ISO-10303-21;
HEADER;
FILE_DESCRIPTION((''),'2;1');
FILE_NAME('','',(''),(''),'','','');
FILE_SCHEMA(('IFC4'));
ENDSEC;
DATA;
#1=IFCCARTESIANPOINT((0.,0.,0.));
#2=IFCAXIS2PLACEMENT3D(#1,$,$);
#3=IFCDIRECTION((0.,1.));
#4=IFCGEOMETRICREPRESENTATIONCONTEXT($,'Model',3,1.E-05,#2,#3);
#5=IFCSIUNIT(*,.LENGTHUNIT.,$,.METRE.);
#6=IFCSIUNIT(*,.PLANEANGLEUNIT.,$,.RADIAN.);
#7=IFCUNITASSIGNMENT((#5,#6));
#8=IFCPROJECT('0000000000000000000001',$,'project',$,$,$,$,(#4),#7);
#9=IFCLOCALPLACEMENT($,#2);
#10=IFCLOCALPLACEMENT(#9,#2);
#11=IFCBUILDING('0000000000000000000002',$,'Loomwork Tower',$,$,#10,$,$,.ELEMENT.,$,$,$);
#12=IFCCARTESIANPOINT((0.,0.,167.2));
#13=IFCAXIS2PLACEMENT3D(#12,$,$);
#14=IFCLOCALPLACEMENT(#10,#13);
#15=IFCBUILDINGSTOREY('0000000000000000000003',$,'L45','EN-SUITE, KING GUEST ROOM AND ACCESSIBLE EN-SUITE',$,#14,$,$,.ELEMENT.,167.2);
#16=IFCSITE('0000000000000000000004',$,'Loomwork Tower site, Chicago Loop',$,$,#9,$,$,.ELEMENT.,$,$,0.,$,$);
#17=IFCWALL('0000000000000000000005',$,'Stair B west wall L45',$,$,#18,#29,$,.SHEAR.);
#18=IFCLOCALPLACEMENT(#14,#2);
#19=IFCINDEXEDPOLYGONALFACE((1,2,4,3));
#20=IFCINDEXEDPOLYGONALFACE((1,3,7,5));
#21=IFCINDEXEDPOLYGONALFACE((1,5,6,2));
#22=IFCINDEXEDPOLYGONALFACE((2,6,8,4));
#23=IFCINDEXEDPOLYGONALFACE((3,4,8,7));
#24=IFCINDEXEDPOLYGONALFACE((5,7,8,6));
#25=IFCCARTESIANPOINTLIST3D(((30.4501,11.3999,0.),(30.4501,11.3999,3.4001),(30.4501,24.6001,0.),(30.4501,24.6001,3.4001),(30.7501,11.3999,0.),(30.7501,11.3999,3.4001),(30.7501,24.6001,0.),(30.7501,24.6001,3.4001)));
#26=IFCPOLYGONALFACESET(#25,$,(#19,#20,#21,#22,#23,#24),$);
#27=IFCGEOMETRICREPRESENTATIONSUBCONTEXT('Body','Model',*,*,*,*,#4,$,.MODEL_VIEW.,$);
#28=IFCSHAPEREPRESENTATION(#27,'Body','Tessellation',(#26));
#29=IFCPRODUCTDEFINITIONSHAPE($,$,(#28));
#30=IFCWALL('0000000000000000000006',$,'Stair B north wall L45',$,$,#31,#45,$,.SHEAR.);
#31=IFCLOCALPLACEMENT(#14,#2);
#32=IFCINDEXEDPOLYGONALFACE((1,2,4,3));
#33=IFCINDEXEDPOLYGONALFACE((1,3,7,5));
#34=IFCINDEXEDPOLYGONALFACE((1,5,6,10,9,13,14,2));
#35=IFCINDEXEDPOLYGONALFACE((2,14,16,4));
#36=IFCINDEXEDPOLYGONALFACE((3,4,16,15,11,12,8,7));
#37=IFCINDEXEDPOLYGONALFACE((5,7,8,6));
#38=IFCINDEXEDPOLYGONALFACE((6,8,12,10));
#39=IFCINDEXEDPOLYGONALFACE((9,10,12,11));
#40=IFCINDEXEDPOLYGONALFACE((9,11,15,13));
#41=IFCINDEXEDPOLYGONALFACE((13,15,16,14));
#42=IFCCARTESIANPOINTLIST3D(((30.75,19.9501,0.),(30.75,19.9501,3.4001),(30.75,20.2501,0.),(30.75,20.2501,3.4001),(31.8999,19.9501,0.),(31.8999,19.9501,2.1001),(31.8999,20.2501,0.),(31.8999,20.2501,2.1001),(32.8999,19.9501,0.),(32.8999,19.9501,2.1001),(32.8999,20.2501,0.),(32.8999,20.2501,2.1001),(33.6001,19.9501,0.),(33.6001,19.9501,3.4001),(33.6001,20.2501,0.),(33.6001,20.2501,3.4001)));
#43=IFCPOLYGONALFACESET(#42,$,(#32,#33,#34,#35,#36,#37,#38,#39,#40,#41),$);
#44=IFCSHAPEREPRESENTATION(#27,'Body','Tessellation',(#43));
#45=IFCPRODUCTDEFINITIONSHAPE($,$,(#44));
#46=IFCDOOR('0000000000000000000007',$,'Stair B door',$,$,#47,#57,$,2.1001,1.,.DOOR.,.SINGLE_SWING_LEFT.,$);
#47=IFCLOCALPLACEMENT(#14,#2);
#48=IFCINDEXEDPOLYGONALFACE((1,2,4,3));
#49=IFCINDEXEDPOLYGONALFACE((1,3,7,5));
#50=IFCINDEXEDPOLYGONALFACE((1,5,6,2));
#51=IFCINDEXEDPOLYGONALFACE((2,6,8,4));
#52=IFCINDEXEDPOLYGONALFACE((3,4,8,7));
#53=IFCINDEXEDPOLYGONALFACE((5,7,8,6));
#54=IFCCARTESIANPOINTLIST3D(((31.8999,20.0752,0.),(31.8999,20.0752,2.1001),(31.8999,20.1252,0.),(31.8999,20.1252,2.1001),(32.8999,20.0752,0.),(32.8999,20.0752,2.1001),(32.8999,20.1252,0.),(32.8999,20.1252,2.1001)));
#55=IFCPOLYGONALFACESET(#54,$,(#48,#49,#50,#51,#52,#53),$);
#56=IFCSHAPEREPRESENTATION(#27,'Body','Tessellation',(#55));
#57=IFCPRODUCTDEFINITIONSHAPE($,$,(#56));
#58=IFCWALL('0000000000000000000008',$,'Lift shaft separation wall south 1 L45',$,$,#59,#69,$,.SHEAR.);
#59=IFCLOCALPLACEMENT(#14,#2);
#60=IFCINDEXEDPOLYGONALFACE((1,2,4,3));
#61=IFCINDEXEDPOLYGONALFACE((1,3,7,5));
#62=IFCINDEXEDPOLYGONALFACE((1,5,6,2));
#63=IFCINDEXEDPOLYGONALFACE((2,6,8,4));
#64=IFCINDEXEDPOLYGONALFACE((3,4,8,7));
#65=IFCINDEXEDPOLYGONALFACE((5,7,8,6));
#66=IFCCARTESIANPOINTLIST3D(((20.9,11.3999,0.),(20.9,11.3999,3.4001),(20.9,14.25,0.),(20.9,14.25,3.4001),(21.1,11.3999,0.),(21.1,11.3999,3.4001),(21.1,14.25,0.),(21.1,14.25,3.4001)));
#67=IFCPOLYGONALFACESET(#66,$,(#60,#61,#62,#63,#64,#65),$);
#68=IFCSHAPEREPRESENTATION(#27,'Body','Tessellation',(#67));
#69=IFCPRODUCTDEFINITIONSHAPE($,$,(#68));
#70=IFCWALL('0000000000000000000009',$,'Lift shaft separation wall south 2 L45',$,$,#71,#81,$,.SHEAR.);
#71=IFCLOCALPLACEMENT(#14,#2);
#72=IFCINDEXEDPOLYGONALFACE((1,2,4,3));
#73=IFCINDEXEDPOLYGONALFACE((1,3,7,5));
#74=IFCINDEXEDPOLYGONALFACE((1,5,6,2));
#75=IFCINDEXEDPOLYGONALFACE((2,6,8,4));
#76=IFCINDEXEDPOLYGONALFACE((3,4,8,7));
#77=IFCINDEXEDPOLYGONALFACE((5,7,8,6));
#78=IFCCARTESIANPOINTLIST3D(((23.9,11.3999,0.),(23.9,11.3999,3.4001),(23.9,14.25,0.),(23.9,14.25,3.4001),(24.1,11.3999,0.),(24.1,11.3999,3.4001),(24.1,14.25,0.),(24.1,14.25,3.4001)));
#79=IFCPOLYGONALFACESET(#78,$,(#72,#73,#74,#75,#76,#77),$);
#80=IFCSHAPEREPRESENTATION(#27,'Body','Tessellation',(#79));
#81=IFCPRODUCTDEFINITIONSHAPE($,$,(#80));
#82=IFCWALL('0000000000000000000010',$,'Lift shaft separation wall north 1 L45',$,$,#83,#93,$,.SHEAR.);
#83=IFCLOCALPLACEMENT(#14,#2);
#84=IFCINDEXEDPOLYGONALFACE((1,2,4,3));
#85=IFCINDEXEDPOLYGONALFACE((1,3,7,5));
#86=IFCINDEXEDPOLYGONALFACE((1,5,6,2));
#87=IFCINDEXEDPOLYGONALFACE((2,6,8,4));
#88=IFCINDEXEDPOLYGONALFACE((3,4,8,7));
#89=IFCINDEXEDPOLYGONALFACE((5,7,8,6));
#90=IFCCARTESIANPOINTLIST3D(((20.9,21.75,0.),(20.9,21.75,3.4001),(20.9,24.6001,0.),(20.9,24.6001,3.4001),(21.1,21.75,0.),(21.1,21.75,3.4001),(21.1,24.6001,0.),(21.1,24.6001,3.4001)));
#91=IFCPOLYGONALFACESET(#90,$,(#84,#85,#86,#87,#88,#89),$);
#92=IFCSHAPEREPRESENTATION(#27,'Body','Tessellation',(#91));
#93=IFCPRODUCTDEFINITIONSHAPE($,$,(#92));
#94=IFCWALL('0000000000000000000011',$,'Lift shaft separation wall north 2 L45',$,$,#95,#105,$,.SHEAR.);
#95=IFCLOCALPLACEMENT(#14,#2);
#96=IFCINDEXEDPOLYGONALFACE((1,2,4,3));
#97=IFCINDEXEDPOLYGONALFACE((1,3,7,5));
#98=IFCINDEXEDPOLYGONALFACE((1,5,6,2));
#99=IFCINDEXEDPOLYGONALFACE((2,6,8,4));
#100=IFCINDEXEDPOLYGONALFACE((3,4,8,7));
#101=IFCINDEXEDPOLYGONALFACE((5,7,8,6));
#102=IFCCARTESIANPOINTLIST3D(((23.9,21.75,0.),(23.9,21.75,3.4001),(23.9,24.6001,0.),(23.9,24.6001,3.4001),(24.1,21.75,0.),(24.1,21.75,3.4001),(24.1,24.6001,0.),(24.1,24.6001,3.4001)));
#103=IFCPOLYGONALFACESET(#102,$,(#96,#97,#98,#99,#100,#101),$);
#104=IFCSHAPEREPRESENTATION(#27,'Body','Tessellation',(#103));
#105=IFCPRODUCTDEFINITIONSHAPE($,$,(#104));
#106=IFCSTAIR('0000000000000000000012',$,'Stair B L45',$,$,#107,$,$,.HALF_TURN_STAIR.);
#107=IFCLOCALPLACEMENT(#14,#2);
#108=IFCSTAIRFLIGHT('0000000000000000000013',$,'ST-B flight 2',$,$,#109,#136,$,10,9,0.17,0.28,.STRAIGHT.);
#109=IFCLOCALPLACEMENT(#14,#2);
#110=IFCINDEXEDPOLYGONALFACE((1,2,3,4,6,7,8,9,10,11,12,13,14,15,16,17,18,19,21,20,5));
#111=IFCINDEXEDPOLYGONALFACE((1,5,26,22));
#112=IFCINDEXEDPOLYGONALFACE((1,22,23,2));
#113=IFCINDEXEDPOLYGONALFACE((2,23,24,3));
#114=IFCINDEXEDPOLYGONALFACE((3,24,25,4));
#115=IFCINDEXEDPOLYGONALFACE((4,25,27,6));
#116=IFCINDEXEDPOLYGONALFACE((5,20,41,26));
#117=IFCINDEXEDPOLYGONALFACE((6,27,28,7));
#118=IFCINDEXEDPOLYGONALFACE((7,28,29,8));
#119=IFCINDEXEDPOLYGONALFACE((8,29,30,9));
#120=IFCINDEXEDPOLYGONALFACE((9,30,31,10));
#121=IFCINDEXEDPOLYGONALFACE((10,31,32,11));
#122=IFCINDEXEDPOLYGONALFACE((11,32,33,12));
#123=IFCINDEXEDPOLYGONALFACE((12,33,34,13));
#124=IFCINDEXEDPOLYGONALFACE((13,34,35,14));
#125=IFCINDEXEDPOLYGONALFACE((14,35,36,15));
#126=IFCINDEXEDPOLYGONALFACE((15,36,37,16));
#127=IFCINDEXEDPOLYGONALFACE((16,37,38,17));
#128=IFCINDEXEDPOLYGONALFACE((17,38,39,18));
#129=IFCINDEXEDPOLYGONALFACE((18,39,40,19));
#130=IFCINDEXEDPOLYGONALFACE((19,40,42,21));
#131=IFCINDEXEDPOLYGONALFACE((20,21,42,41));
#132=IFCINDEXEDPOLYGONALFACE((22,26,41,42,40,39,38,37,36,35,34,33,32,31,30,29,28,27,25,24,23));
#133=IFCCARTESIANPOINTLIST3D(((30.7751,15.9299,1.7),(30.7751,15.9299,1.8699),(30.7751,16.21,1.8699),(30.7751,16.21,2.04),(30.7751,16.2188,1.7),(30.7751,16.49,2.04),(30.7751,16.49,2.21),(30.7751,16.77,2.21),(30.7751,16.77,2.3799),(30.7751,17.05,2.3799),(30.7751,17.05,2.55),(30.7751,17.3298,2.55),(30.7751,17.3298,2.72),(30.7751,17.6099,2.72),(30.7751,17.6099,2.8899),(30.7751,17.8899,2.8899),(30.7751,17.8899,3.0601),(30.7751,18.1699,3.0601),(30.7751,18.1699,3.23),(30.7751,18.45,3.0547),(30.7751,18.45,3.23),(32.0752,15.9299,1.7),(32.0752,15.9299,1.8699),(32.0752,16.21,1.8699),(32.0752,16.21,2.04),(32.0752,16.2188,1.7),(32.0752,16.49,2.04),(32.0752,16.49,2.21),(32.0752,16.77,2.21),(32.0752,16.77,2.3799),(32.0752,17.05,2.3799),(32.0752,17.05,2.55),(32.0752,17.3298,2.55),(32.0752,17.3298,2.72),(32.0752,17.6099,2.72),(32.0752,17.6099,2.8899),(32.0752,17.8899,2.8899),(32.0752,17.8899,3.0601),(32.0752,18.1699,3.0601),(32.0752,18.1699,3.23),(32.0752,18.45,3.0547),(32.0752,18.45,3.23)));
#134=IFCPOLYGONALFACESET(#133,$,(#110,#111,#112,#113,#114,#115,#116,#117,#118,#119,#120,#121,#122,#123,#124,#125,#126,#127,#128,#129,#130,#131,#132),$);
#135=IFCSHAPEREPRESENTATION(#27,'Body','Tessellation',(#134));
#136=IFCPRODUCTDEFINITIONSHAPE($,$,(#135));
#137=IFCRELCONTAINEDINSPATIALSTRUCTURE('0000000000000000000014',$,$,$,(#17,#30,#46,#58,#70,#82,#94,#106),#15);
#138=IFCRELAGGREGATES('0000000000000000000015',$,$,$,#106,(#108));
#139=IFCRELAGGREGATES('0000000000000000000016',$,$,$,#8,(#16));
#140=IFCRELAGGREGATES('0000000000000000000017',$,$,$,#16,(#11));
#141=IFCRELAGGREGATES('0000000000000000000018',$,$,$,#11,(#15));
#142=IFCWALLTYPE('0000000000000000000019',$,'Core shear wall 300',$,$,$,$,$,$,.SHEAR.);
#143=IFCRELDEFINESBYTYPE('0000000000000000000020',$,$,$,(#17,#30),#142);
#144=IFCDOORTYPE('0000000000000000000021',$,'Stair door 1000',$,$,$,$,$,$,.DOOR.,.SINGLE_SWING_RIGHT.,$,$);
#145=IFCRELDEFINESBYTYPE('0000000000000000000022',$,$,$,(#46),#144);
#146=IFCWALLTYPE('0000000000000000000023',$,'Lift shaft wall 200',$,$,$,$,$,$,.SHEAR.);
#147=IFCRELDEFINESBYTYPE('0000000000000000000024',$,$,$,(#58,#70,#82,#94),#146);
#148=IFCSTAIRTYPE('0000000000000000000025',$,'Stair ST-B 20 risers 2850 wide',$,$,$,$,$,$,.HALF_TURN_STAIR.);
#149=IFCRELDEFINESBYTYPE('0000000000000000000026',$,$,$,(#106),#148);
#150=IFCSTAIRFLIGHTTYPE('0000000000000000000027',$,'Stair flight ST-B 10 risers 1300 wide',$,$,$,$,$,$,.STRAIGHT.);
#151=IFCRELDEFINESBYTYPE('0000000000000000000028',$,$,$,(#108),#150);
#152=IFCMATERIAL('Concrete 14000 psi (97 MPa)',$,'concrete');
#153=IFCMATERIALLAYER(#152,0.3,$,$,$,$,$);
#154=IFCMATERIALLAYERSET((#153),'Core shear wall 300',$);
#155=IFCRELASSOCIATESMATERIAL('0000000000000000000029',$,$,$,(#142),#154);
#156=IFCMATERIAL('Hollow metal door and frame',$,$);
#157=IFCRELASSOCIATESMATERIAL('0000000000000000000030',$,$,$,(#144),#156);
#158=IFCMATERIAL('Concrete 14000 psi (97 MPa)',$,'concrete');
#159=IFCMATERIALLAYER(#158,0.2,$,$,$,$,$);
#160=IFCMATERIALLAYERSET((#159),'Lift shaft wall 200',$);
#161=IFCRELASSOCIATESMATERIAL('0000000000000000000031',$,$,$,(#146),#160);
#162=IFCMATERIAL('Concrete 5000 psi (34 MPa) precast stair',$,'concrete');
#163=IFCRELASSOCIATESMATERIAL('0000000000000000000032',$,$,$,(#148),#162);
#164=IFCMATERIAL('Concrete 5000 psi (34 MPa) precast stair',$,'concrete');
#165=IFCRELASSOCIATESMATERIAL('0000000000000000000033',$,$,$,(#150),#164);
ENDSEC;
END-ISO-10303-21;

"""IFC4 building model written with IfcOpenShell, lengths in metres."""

from ifc_helpers import new_model, si_unit, direction, frame, frame_2d, origin, place, context, subcontext, project, spatial, polyline, rectangle, outline, extrude, material, layer, layer_set, type_object, element, fill, aggregate, save


model = new_model("IFC4")

# Units and contexts
model_context = context("Model", 3, precision=1e-05, world=origin(), true_north=direction((0.0, 1.0)))
body_context = subcontext(model_context, "Body", "Model", "MODEL_VIEW")
ifc_project = project(units=[si_unit("LENGTHUNIT", "METRE"), si_unit("PLANEANGLEUNIT", "RADIAN")], contexts=[model_context])

# Site, building, storey
site_placement = place(None, origin())
site = spatial("IfcSite", under=ifc_project, at=site_placement, Name="Loomwork Tower site, Chicago Loop", CompositionType="ELEMENT", RefElevation=0.0)
building_placement = place(site_placement, origin())
building = spatial("IfcBuilding", under=site, at=building_placement, Name="Loomwork Tower", CompositionType="ELEMENT")
storey_placement = place(building_placement, frame((0.0, 0.0, 167.2)))
storey = spatial("IfcBuildingStorey", under=building, at=storey_placement, Name="L45", Description="EN-SUITE, KING GUEST ROOM AND ACCESSIBLE EN-SUITE", CompositionType="ELEMENT", Elevation=167.2)

# Shared definitions
ifc_material_1 = material(Name="Concrete 14000 psi (97 MPa)", Category="concrete")
ifc_layer_1 = layer(ifc_material_1, 0.3)
ifc_layer_set_1 = layer_set([ifc_layer_1], Name="Core shear wall 300")
wall_type_1 = type_object("IfcWallType", Name="Core shear wall 300", PredefinedType="SHEAR", material=ifc_layer_set_1)

# Wall
wall_1_placement = place(storey_placement, frame((30.6001, 11.3999, 0.0), z_axis=(0.0, 0.0, 1.0), x_axis=(0.0, 1.0, 0.0)))
element("IfcWall", 1, at=wall_1_placement, inside=storey, type_object=wall_type_1, Name="Stair B west wall L45", PredefinedType="SHEAR", context=body_context, shape_type="SweptSolid", body=[
    extrude(rectangle(XDim=13.2002, YDim=0.3, at=frame_2d((6.6001, 0.0))), origin(), (0.0, 0.0, 1.0), 3.4001),
])

# Wall, opening, door
wall_2_placement = place(storey_placement, frame((30.75, 20.1001, 0.0), z_axis=(0.0, 0.0, 1.0), x_axis=(1.0, 0.0, 0.0)))
wall_2 = element("IfcWall", 2, at=wall_2_placement, inside=storey, type_object=wall_type_1, Name="Stair B north wall L45", PredefinedType="SHEAR", context=body_context, shape_type="SweptSolid", body=[
    extrude(rectangle(XDim=2.8501, YDim=0.3, at=frame_2d((1.425, 0.0))), origin(), (0.0, 0.0, 1.0), 3.4001),
])
opening_1_placement = place(wall_2_placement, frame((1.1499, 0.0, 0.0)))
opening_1 = element("IfcOpeningElement", 3, at=opening_1_placement, cuts=wall_2, PredefinedType="OPENING", context=body_context, shape_type="SweptSolid", body=[
    extrude(rectangle(XDim=1.0, YDim=2.1001, at=frame_2d((0.5, 1.05))), frame((0.0, 0.1599, 0.0), z_axis=(0.0, -1.0, 0.0), x_axis=(1.0, 0.0, 0.0)), (0.0, 0.0, 1.0), 0.3201),
])
ifc_material_2 = material(Name="Hollow metal door and frame")
door_type_1 = type_object("IfcDoorType", Name="Stair door 1000", OperationType="SINGLE_SWING_RIGHT", PredefinedType="DOOR", material=ifc_material_2)
door_1_placement = place(opening_1_placement, frame((1.0, 0.0, 0.0), z_axis=(0.0, 0.0, 1.0), x_axis=(-1.0, 0.0, 0.0)))
door_1 = element("IfcDoor", 4, at=door_1_placement, inside=storey, type_object=door_type_1, Name="Stair B door", OperationType="SINGLE_SWING_LEFT", OverallHeight=2.1001, OverallWidth=1.0, PredefinedType="DOOR", context=body_context, shape_type="SweptSolid", body=[
    extrude(rectangle(XDim=1.0, YDim=2.1001, at=frame_2d((0.5, 1.05))), frame((0.0, 0.0249, 0.0), z_axis=(0.0, -1.0, 0.0), x_axis=(1.0, 0.0, 0.0)), (0.0, 0.0, 1.0), 0.05),
])
fill(opening_1, door_1)

# Walls
ifc_material_3 = material(Name="Concrete 14000 psi (97 MPa)", Category="concrete")
ifc_layer_2 = layer(ifc_material_3, 0.2)
ifc_layer_set_2 = layer_set([ifc_layer_2], Name="Lift shaft wall 200")
wall_type_2 = type_object("IfcWallType", Name="Lift shaft wall 200", PredefinedType="SHEAR", material=ifc_layer_set_2)
for number, where, z_axis, x_axis, name in (
    (5, (21.0, 11.3999, 0.0), (0.0, 0.0, 1.0), (0.0, 1.0, 0.0), "Lift shaft separation wall south 1 L45"),
    (6, (24.0, 11.3999, 0.0), (0.0, 0.0, 1.0), (0.0, 1.0, 0.0), "Lift shaft separation wall south 2 L45"),
    (7, (21.0, 21.75, 0.0), (0.0, 0.0, 1.0), (0.0, 1.0, 0.0), "Lift shaft separation wall north 1 L45"),
    (8, (24.0, 21.75, 0.0), (0.0, 0.0, 1.0), (0.0, 1.0, 0.0), "Lift shaft separation wall north 2 L45"),
):
    element("IfcWall", number, at=place(storey_placement, frame(where, z_axis=z_axis, x_axis=x_axis)), inside=storey, type_object=wall_type_2, Name=name, PredefinedType="SHEAR", context=body_context, shape_type="SweptSolid", body=[
        extrude(rectangle(XDim=2.8501, YDim=0.2, at=frame_2d((1.425, 0.0))), origin(), (0.0, 0.0, 1.0), 3.4001),
    ])

# Stair, stair flight
ifc_material_4 = material(Name="Concrete 5000 psi (34 MPa) precast stair", Category="concrete")
stair_type = type_object("IfcStairType", Name="Stair ST-B 20 risers 2850 wide", PredefinedType="HALF_TURN_STAIR", material=ifc_material_4)
stair_placement = place(storey_placement, origin())
stair = element("IfcStair", 9, at=stair_placement, inside=storey, type_object=stair_type, Name="Stair B L45", PredefinedType="HALF_TURN_STAIR")
ifc_material_5 = material(Name="Concrete 5000 psi (34 MPa) precast stair", Category="concrete")
stair_flight_type = type_object("IfcStairFlightType", Name="Stair flight ST-B 10 risers 1300 wide", PredefinedType="STRAIGHT", material=ifc_material_5)
stair_flight_placement = place(storey_placement, frame((31.425, 15.9299, 1.7), z_axis=(0.0, 0.0, 1.0), x_axis=(0.0, 1.0, 0.0)))
stair_flight = element("IfcStairFlight", 10, at=stair_flight_placement, type_object=stair_flight_type, Name="ST-B flight 2", NumberOfRisers=10, NumberOfTreads=9, PredefinedType="STRAIGHT", RiserHeight=0.17, TreadLength=0.28, context=body_context, shape_type="SweptSolid", body=[
    extrude(outline(polyline([(0.0, 0.0), (0.0, 0.1699), (0.28, 0.1699), (0.28, 0.3401), (0.5601, 0.3401), (0.5601, 0.51), (0.8401, 0.51), (0.8401, 0.6799), (1.1201, 0.6799), (1.1201, 0.8501), (1.3999, 0.8501), (1.3999, 1.02), (1.6799, 1.02), (1.6799, 1.1899), (1.96, 1.1899), (1.96, 1.3601), (2.24, 1.3601), (2.24, 1.53), (2.52, 1.53), (2.52, 1.7), (2.52, 1.3547), (0.2888, 0.0), (0.0, 0.0)])), frame((0.0, 0.6499, 0.0), z_axis=(0.0, -1.0, 0.0), x_axis=(1.0, 0.0, 0.0)), (0.0, 0.0, 1.0), 1.3),
])
aggregate(stair, [stair_flight])

save(model, "model.ifc")
